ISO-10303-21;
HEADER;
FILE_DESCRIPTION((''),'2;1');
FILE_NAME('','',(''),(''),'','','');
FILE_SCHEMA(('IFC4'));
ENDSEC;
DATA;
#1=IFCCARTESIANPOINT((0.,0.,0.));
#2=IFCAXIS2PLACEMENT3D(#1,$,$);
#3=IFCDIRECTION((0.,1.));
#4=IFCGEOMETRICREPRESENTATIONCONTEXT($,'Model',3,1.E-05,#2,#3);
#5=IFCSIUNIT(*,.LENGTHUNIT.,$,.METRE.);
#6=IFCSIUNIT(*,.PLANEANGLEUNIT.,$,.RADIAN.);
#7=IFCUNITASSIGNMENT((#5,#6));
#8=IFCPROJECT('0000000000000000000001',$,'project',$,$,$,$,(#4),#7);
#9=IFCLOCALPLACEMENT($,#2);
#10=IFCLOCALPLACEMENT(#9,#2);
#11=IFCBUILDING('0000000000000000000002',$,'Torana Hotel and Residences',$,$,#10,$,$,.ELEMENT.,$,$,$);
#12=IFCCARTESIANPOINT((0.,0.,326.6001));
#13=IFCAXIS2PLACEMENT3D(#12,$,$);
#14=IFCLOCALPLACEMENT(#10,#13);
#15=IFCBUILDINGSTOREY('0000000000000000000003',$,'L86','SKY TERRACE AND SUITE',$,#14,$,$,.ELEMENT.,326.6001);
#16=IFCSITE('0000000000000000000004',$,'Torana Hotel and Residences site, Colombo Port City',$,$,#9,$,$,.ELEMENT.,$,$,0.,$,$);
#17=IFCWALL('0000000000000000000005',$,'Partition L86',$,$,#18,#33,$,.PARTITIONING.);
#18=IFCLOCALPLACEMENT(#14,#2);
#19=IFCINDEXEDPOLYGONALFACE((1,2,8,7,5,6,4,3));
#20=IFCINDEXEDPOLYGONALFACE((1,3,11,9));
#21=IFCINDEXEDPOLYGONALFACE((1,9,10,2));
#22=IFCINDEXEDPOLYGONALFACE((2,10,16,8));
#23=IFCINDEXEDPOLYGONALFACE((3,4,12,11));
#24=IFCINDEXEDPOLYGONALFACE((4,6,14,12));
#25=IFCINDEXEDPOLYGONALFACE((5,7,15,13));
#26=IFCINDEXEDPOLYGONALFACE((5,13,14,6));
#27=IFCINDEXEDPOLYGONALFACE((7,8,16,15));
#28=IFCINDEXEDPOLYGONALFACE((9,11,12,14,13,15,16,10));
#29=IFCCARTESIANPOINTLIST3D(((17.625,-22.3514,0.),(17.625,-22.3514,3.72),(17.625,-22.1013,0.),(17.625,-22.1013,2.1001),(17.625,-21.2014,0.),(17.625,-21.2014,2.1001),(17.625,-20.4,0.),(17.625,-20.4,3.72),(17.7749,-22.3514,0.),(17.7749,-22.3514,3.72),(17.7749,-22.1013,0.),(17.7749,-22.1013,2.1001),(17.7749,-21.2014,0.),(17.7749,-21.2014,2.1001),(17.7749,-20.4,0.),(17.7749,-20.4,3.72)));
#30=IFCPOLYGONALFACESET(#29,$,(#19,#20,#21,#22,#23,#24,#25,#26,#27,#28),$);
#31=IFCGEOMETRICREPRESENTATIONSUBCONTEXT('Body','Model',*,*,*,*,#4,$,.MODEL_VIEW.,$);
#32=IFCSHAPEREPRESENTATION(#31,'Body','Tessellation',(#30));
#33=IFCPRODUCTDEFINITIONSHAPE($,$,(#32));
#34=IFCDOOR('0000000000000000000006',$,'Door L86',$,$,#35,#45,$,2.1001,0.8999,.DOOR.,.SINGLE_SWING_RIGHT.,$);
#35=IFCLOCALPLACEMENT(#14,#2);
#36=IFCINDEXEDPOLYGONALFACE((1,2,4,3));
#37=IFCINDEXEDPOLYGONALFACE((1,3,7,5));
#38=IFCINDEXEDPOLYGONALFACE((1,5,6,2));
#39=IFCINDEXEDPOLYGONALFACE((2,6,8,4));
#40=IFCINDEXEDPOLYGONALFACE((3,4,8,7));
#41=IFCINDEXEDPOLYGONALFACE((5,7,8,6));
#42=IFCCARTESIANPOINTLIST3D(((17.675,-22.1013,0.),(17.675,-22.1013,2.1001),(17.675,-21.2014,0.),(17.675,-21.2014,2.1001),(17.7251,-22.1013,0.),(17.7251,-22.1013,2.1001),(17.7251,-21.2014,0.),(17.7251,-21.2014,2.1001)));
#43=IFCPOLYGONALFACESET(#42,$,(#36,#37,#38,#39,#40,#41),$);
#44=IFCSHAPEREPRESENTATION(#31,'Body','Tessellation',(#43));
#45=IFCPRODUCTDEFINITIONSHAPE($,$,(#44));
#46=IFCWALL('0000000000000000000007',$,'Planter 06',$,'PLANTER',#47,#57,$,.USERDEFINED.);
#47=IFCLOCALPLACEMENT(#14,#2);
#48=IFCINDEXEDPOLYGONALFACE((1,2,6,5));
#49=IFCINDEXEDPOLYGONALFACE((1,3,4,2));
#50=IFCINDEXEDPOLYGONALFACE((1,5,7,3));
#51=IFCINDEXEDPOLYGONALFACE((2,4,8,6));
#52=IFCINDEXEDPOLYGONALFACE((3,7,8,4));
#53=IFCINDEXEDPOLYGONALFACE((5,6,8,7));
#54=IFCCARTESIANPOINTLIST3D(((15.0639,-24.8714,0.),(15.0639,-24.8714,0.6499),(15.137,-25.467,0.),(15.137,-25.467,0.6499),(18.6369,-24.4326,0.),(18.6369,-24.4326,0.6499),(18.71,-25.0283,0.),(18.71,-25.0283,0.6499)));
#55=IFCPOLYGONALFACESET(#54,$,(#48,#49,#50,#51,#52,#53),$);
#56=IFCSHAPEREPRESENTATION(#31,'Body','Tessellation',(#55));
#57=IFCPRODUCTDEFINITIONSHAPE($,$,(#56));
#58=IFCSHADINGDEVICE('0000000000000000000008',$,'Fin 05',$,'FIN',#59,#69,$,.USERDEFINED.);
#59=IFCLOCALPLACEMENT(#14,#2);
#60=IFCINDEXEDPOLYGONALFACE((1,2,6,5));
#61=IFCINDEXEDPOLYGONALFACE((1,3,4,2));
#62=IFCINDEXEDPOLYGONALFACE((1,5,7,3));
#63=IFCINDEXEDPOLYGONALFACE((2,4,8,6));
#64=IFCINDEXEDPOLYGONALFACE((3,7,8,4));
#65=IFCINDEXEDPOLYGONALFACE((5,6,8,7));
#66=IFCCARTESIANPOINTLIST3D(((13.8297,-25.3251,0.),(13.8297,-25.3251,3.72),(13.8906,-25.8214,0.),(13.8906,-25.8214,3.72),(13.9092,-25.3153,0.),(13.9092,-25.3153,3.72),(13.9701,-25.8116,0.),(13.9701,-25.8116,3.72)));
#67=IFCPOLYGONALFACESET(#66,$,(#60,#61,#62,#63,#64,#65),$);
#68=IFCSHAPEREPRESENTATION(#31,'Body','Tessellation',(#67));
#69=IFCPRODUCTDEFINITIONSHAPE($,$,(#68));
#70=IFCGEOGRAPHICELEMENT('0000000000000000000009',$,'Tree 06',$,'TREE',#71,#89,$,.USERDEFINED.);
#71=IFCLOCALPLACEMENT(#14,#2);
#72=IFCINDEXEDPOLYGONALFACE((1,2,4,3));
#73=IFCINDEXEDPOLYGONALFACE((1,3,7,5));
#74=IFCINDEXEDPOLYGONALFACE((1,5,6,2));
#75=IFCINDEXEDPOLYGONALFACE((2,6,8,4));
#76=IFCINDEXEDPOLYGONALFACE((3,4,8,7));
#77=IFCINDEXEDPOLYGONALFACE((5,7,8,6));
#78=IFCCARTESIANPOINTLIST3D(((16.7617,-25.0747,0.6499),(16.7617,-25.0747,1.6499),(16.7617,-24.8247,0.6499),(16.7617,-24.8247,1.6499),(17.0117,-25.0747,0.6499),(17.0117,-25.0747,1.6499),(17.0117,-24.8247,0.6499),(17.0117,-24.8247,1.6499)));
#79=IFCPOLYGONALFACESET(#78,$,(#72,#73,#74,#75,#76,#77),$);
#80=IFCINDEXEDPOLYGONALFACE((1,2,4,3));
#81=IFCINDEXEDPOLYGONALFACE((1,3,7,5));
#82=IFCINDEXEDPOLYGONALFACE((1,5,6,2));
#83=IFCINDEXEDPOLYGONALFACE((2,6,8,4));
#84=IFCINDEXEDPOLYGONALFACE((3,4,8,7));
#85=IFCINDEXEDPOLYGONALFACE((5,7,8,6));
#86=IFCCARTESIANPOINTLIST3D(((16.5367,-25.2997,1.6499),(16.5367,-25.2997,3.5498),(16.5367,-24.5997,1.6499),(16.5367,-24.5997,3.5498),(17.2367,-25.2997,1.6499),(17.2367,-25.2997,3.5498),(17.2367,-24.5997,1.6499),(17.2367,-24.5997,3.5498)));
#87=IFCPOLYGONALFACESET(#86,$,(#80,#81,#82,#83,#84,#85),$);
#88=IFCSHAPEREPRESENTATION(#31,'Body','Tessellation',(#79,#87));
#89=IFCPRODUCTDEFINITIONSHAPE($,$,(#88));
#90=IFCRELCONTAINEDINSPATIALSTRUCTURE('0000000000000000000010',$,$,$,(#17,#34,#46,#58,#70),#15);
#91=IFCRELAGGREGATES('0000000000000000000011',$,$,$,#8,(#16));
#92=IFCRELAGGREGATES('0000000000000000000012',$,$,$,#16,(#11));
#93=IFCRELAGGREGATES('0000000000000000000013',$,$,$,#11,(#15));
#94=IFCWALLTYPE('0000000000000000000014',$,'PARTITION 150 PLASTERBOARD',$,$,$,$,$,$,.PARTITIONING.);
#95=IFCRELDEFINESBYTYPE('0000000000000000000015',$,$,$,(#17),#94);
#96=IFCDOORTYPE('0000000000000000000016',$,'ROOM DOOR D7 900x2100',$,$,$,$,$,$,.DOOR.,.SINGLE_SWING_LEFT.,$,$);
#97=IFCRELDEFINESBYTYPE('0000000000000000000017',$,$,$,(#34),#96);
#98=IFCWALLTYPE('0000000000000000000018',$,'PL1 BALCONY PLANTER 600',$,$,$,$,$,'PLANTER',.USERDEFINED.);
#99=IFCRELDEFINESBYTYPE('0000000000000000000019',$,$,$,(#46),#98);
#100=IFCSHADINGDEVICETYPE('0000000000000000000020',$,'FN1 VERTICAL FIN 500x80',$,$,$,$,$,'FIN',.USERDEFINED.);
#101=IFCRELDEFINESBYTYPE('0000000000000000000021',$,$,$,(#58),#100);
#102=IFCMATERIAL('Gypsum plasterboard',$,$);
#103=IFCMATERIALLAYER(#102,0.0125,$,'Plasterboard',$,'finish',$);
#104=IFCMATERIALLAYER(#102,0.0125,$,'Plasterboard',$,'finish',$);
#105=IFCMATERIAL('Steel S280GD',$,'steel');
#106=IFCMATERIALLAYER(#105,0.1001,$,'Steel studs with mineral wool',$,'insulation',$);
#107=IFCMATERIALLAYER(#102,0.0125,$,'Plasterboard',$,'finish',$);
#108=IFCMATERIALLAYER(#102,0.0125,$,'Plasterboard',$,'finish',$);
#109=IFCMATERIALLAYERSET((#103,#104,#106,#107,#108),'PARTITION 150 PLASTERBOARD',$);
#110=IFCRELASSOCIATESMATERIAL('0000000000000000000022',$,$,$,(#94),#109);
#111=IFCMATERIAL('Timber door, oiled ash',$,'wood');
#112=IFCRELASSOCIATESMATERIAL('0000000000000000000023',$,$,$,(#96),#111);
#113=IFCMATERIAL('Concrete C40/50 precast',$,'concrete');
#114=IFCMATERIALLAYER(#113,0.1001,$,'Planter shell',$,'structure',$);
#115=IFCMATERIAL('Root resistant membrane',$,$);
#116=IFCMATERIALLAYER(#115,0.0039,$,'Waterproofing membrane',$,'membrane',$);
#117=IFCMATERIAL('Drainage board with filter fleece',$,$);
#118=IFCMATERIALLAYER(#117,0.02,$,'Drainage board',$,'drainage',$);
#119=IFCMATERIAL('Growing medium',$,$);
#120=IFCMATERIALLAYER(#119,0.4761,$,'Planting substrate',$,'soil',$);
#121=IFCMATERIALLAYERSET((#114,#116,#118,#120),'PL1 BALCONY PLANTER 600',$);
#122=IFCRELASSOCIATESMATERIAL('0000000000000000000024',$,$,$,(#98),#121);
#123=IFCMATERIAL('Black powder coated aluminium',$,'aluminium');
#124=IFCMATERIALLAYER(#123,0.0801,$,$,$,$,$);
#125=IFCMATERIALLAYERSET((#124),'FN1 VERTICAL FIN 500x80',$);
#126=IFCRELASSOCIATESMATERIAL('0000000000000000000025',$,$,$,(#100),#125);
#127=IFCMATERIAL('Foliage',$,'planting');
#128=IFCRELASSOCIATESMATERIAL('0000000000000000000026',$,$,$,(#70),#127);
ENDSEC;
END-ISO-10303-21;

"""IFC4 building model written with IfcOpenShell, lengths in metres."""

from ifc_helpers import new_model, si_unit, direction, frame, frame_2d, origin, origin_2d, place, context, subcontext, project, spatial, rectangle, extrude, material, layer, layer_set, type_object, element, fill, save


model = new_model("IFC4")

# Units and contexts
model_context = context("Model", 3, precision=1e-05, world=origin(), true_north=direction((0.0, 1.0)))
body_context = subcontext(model_context, "Body", "Model", "MODEL_VIEW")
ifc_project = project(units=[si_unit("LENGTHUNIT", "METRE"), si_unit("PLANEANGLEUNIT", "RADIAN")], contexts=[model_context])

# Site, building, storey
site_placement = place(None, origin())
site = spatial("IfcSite", under=ifc_project, at=site_placement, Name="Torana Hotel and Residences site, Colombo Port City", CompositionType="ELEMENT", RefElevation=0.0)
building_placement = place(site_placement, origin())
building = spatial("IfcBuilding", under=site, at=building_placement, Name="Torana Hotel and Residences", CompositionType="ELEMENT")
storey_placement = place(building_placement, frame((0.0, 0.0, 326.6001)))
storey = spatial("IfcBuildingStorey", under=building, at=storey_placement, Name="L86", Description="SKY TERRACE AND SUITE", CompositionType="ELEMENT", Elevation=326.6001)

# Shared definitions
ifc_material_1 = material(Name="Steel S280GD", Category="steel")

# Wall, opening, door
ifc_material_2 = material(Name="Gypsum plasterboard")
ifc_layer_1 = layer(ifc_material_2, 0.0125, Name="Plasterboard", Category="finish")
ifc_layer_2 = layer(ifc_material_2, 0.0125, Name="Plasterboard", Category="finish")
ifc_layer_3 = layer(ifc_material_1, 0.1001, Name="Steel studs with mineral wool", Category="insulation")
ifc_layer_4 = layer(ifc_material_2, 0.0125, Name="Plasterboard", Category="finish")
ifc_layer_5 = layer(ifc_material_2, 0.0125, Name="Plasterboard", Category="finish")
ifc_layer_set_1 = layer_set([ifc_layer_1, ifc_layer_2, ifc_layer_3, ifc_layer_4, ifc_layer_5], Name="PARTITION 150 PLASTERBOARD")
wall_type_1 = type_object("IfcWallType", Name="PARTITION 150 PLASTERBOARD", PredefinedType="PARTITIONING", material=ifc_layer_set_1)
wall_1_placement = place(storey_placement, frame((17.7, -22.3513, 0.0), z_axis=(0.0, 0.0, 1.0), x_axis=(0.0, 1.0, 0.0)))
wall_1 = element("IfcWall", 1, at=wall_1_placement, inside=storey, type_object=wall_type_1, Name="Partition L86", PredefinedType="PARTITIONING", context=body_context, shape_type="SweptSolid", body=[
    extrude(rectangle(XDim=1.9514, YDim=0.1499, at=frame_2d((0.9756, 0.0))), origin(), (0.0, 0.0, 1.0), 3.72),
])
opening_1_placement = place(wall_1_placement, frame((0.25, 0.0, 0.0)))
opening_1 = element("IfcOpeningElement", 2, at=opening_1_placement, cuts=wall_1, PredefinedType="OPENING", context=body_context, shape_type="SweptSolid", body=[
    extrude(rectangle(XDim=0.8999, YDim=2.1001, at=frame_2d((0.45, 1.05))), frame((0.0, 0.085, 0.0), z_axis=(0.0, -1.0, 0.0), x_axis=(1.0, 0.0, 0.0)), (0.0, 0.0, 1.0), 0.1699),
])
ifc_material_3 = material(Name="Timber door, oiled ash", Category="wood")
door_type_1 = type_object("IfcDoorType", Name="ROOM DOOR D7 900x2100", OperationType="SINGLE_SWING_LEFT", PredefinedType="DOOR", material=ifc_material_3)
door_1_placement = place(opening_1_placement, origin())
door_1 = element("IfcDoor", 3, at=door_1_placement, inside=storey, type_object=door_type_1, Name="Door L86", OperationType="SINGLE_SWING_RIGHT", OverallHeight=2.1001, OverallWidth=0.8999, PredefinedType="DOOR", context=body_context, shape_type="SweptSolid", body=[
    extrude(rectangle(XDim=0.8999, YDim=2.1001, at=frame_2d((0.45, 1.05))), frame((0.0, 0.0249, 0.0), z_axis=(0.0, -1.0, 0.0), x_axis=(1.0, 0.0, 0.0)), (0.0, 0.0, 1.0), 0.05),
])
fill(opening_1, door_1)

# Wall
ifc_material_4 = material(Name="Concrete C40/50 precast", Category="concrete")
ifc_layer_6 = layer(ifc_material_4, 0.1001, Name="Planter shell", Category="structure")
ifc_material_5 = material(Name="Root resistant membrane")
ifc_layer_7 = layer(ifc_material_5, 0.0039, Name="Waterproofing membrane", Category="membrane")
ifc_material_6 = material(Name="Drainage board with filter fleece")
ifc_layer_8 = layer(ifc_material_6, 0.02, Name="Drainage board", Category="drainage")
ifc_material_7 = material(Name="Growing medium")
ifc_layer_9 = layer(ifc_material_7, 0.4761, Name="Planting substrate", Category="soil")
ifc_layer_set_2 = layer_set([ifc_layer_6, ifc_layer_7, ifc_layer_8, ifc_layer_9], Name="PL1 BALCONY PLANTER 600")
wall_type_2 = type_object("IfcWallType", Name="PL1 BALCONY PLANTER 600", ElementType="PLANTER", PredefinedType="USERDEFINED", material=ifc_layer_set_2)
wall_2_placement = place(storey_placement, frame((18.6733, -24.7305, 0.0), z_axis=(0.0, 0.0, 1.0), x_axis=(-0.992546, -0.121873, 0.0)))
element("IfcWall", 4, at=wall_2_placement, inside=storey, type_object=wall_type_2, Name="Planter 06", ObjectType="PLANTER", PredefinedType="USERDEFINED", context=body_context, shape_type="SweptSolid", body=[
    extrude(rectangle(XDim=3.5999, YDim=0.6001, at=frame_2d((1.7998, 0.0))), origin(), (0.0, 0.0, 1.0), 0.6499),
])

# Shading device
ifc_material_8 = material(Name="Black powder coated aluminium", Category="aluminium")
ifc_layer_10 = layer(ifc_material_8, 0.0801)
ifc_layer_set_3 = layer_set([ifc_layer_10], Name="FN1 VERTICAL FIN 500x80")
shading_device_type = type_object("IfcShadingDeviceType", Name="FN1 VERTICAL FIN 500x80", ElementType="FIN", PredefinedType="USERDEFINED", material=ifc_layer_set_3)
shading_device_placement = place(storey_placement, frame((13.8999, -25.5684, 0.0), z_axis=(0.0, 0.0, 1.0), x_axis=(-0.992547, -0.121866, 0.0)))
element("IfcShadingDevice", 5, at=shading_device_placement, inside=storey, type_object=shading_device_type, Name="Fin 05", ObjectType="FIN", PredefinedType="USERDEFINED", context=body_context, shape_type="SweptSolid", body=[
    extrude(rectangle(XDim=0.0801, YDim=0.5, at=origin_2d()), origin(), (0.0, 0.0, 1.0), 3.72),
])

# Geographic element
ifc_material_9 = material(Name="Foliage", Category="planting")
geographic_element_placement = place(storey_placement, frame((16.8867, -24.9497, 0.6499), z_axis=(0.0, 0.0, 1.0), x_axis=(1.0, 0.0, 0.0)))
element("IfcGeographicElement", 6, at=geographic_element_placement, inside=storey, material=ifc_material_9, Name="Tree 06", ObjectType="TREE", PredefinedType="USERDEFINED", context=body_context, shape_type="SweptSolid", body=[
    extrude(rectangle(XDim=0.25, YDim=0.25, at=origin_2d()), origin(), (0.0, 0.0, 1.0), 1.0),
    extrude(rectangle(XDim=0.7, YDim=0.7, at=origin_2d()), frame((0.0, 0.0, 1.0)), (0.0, 0.0, 1.0), 1.8999),
])

save(model, "model.ifc")
